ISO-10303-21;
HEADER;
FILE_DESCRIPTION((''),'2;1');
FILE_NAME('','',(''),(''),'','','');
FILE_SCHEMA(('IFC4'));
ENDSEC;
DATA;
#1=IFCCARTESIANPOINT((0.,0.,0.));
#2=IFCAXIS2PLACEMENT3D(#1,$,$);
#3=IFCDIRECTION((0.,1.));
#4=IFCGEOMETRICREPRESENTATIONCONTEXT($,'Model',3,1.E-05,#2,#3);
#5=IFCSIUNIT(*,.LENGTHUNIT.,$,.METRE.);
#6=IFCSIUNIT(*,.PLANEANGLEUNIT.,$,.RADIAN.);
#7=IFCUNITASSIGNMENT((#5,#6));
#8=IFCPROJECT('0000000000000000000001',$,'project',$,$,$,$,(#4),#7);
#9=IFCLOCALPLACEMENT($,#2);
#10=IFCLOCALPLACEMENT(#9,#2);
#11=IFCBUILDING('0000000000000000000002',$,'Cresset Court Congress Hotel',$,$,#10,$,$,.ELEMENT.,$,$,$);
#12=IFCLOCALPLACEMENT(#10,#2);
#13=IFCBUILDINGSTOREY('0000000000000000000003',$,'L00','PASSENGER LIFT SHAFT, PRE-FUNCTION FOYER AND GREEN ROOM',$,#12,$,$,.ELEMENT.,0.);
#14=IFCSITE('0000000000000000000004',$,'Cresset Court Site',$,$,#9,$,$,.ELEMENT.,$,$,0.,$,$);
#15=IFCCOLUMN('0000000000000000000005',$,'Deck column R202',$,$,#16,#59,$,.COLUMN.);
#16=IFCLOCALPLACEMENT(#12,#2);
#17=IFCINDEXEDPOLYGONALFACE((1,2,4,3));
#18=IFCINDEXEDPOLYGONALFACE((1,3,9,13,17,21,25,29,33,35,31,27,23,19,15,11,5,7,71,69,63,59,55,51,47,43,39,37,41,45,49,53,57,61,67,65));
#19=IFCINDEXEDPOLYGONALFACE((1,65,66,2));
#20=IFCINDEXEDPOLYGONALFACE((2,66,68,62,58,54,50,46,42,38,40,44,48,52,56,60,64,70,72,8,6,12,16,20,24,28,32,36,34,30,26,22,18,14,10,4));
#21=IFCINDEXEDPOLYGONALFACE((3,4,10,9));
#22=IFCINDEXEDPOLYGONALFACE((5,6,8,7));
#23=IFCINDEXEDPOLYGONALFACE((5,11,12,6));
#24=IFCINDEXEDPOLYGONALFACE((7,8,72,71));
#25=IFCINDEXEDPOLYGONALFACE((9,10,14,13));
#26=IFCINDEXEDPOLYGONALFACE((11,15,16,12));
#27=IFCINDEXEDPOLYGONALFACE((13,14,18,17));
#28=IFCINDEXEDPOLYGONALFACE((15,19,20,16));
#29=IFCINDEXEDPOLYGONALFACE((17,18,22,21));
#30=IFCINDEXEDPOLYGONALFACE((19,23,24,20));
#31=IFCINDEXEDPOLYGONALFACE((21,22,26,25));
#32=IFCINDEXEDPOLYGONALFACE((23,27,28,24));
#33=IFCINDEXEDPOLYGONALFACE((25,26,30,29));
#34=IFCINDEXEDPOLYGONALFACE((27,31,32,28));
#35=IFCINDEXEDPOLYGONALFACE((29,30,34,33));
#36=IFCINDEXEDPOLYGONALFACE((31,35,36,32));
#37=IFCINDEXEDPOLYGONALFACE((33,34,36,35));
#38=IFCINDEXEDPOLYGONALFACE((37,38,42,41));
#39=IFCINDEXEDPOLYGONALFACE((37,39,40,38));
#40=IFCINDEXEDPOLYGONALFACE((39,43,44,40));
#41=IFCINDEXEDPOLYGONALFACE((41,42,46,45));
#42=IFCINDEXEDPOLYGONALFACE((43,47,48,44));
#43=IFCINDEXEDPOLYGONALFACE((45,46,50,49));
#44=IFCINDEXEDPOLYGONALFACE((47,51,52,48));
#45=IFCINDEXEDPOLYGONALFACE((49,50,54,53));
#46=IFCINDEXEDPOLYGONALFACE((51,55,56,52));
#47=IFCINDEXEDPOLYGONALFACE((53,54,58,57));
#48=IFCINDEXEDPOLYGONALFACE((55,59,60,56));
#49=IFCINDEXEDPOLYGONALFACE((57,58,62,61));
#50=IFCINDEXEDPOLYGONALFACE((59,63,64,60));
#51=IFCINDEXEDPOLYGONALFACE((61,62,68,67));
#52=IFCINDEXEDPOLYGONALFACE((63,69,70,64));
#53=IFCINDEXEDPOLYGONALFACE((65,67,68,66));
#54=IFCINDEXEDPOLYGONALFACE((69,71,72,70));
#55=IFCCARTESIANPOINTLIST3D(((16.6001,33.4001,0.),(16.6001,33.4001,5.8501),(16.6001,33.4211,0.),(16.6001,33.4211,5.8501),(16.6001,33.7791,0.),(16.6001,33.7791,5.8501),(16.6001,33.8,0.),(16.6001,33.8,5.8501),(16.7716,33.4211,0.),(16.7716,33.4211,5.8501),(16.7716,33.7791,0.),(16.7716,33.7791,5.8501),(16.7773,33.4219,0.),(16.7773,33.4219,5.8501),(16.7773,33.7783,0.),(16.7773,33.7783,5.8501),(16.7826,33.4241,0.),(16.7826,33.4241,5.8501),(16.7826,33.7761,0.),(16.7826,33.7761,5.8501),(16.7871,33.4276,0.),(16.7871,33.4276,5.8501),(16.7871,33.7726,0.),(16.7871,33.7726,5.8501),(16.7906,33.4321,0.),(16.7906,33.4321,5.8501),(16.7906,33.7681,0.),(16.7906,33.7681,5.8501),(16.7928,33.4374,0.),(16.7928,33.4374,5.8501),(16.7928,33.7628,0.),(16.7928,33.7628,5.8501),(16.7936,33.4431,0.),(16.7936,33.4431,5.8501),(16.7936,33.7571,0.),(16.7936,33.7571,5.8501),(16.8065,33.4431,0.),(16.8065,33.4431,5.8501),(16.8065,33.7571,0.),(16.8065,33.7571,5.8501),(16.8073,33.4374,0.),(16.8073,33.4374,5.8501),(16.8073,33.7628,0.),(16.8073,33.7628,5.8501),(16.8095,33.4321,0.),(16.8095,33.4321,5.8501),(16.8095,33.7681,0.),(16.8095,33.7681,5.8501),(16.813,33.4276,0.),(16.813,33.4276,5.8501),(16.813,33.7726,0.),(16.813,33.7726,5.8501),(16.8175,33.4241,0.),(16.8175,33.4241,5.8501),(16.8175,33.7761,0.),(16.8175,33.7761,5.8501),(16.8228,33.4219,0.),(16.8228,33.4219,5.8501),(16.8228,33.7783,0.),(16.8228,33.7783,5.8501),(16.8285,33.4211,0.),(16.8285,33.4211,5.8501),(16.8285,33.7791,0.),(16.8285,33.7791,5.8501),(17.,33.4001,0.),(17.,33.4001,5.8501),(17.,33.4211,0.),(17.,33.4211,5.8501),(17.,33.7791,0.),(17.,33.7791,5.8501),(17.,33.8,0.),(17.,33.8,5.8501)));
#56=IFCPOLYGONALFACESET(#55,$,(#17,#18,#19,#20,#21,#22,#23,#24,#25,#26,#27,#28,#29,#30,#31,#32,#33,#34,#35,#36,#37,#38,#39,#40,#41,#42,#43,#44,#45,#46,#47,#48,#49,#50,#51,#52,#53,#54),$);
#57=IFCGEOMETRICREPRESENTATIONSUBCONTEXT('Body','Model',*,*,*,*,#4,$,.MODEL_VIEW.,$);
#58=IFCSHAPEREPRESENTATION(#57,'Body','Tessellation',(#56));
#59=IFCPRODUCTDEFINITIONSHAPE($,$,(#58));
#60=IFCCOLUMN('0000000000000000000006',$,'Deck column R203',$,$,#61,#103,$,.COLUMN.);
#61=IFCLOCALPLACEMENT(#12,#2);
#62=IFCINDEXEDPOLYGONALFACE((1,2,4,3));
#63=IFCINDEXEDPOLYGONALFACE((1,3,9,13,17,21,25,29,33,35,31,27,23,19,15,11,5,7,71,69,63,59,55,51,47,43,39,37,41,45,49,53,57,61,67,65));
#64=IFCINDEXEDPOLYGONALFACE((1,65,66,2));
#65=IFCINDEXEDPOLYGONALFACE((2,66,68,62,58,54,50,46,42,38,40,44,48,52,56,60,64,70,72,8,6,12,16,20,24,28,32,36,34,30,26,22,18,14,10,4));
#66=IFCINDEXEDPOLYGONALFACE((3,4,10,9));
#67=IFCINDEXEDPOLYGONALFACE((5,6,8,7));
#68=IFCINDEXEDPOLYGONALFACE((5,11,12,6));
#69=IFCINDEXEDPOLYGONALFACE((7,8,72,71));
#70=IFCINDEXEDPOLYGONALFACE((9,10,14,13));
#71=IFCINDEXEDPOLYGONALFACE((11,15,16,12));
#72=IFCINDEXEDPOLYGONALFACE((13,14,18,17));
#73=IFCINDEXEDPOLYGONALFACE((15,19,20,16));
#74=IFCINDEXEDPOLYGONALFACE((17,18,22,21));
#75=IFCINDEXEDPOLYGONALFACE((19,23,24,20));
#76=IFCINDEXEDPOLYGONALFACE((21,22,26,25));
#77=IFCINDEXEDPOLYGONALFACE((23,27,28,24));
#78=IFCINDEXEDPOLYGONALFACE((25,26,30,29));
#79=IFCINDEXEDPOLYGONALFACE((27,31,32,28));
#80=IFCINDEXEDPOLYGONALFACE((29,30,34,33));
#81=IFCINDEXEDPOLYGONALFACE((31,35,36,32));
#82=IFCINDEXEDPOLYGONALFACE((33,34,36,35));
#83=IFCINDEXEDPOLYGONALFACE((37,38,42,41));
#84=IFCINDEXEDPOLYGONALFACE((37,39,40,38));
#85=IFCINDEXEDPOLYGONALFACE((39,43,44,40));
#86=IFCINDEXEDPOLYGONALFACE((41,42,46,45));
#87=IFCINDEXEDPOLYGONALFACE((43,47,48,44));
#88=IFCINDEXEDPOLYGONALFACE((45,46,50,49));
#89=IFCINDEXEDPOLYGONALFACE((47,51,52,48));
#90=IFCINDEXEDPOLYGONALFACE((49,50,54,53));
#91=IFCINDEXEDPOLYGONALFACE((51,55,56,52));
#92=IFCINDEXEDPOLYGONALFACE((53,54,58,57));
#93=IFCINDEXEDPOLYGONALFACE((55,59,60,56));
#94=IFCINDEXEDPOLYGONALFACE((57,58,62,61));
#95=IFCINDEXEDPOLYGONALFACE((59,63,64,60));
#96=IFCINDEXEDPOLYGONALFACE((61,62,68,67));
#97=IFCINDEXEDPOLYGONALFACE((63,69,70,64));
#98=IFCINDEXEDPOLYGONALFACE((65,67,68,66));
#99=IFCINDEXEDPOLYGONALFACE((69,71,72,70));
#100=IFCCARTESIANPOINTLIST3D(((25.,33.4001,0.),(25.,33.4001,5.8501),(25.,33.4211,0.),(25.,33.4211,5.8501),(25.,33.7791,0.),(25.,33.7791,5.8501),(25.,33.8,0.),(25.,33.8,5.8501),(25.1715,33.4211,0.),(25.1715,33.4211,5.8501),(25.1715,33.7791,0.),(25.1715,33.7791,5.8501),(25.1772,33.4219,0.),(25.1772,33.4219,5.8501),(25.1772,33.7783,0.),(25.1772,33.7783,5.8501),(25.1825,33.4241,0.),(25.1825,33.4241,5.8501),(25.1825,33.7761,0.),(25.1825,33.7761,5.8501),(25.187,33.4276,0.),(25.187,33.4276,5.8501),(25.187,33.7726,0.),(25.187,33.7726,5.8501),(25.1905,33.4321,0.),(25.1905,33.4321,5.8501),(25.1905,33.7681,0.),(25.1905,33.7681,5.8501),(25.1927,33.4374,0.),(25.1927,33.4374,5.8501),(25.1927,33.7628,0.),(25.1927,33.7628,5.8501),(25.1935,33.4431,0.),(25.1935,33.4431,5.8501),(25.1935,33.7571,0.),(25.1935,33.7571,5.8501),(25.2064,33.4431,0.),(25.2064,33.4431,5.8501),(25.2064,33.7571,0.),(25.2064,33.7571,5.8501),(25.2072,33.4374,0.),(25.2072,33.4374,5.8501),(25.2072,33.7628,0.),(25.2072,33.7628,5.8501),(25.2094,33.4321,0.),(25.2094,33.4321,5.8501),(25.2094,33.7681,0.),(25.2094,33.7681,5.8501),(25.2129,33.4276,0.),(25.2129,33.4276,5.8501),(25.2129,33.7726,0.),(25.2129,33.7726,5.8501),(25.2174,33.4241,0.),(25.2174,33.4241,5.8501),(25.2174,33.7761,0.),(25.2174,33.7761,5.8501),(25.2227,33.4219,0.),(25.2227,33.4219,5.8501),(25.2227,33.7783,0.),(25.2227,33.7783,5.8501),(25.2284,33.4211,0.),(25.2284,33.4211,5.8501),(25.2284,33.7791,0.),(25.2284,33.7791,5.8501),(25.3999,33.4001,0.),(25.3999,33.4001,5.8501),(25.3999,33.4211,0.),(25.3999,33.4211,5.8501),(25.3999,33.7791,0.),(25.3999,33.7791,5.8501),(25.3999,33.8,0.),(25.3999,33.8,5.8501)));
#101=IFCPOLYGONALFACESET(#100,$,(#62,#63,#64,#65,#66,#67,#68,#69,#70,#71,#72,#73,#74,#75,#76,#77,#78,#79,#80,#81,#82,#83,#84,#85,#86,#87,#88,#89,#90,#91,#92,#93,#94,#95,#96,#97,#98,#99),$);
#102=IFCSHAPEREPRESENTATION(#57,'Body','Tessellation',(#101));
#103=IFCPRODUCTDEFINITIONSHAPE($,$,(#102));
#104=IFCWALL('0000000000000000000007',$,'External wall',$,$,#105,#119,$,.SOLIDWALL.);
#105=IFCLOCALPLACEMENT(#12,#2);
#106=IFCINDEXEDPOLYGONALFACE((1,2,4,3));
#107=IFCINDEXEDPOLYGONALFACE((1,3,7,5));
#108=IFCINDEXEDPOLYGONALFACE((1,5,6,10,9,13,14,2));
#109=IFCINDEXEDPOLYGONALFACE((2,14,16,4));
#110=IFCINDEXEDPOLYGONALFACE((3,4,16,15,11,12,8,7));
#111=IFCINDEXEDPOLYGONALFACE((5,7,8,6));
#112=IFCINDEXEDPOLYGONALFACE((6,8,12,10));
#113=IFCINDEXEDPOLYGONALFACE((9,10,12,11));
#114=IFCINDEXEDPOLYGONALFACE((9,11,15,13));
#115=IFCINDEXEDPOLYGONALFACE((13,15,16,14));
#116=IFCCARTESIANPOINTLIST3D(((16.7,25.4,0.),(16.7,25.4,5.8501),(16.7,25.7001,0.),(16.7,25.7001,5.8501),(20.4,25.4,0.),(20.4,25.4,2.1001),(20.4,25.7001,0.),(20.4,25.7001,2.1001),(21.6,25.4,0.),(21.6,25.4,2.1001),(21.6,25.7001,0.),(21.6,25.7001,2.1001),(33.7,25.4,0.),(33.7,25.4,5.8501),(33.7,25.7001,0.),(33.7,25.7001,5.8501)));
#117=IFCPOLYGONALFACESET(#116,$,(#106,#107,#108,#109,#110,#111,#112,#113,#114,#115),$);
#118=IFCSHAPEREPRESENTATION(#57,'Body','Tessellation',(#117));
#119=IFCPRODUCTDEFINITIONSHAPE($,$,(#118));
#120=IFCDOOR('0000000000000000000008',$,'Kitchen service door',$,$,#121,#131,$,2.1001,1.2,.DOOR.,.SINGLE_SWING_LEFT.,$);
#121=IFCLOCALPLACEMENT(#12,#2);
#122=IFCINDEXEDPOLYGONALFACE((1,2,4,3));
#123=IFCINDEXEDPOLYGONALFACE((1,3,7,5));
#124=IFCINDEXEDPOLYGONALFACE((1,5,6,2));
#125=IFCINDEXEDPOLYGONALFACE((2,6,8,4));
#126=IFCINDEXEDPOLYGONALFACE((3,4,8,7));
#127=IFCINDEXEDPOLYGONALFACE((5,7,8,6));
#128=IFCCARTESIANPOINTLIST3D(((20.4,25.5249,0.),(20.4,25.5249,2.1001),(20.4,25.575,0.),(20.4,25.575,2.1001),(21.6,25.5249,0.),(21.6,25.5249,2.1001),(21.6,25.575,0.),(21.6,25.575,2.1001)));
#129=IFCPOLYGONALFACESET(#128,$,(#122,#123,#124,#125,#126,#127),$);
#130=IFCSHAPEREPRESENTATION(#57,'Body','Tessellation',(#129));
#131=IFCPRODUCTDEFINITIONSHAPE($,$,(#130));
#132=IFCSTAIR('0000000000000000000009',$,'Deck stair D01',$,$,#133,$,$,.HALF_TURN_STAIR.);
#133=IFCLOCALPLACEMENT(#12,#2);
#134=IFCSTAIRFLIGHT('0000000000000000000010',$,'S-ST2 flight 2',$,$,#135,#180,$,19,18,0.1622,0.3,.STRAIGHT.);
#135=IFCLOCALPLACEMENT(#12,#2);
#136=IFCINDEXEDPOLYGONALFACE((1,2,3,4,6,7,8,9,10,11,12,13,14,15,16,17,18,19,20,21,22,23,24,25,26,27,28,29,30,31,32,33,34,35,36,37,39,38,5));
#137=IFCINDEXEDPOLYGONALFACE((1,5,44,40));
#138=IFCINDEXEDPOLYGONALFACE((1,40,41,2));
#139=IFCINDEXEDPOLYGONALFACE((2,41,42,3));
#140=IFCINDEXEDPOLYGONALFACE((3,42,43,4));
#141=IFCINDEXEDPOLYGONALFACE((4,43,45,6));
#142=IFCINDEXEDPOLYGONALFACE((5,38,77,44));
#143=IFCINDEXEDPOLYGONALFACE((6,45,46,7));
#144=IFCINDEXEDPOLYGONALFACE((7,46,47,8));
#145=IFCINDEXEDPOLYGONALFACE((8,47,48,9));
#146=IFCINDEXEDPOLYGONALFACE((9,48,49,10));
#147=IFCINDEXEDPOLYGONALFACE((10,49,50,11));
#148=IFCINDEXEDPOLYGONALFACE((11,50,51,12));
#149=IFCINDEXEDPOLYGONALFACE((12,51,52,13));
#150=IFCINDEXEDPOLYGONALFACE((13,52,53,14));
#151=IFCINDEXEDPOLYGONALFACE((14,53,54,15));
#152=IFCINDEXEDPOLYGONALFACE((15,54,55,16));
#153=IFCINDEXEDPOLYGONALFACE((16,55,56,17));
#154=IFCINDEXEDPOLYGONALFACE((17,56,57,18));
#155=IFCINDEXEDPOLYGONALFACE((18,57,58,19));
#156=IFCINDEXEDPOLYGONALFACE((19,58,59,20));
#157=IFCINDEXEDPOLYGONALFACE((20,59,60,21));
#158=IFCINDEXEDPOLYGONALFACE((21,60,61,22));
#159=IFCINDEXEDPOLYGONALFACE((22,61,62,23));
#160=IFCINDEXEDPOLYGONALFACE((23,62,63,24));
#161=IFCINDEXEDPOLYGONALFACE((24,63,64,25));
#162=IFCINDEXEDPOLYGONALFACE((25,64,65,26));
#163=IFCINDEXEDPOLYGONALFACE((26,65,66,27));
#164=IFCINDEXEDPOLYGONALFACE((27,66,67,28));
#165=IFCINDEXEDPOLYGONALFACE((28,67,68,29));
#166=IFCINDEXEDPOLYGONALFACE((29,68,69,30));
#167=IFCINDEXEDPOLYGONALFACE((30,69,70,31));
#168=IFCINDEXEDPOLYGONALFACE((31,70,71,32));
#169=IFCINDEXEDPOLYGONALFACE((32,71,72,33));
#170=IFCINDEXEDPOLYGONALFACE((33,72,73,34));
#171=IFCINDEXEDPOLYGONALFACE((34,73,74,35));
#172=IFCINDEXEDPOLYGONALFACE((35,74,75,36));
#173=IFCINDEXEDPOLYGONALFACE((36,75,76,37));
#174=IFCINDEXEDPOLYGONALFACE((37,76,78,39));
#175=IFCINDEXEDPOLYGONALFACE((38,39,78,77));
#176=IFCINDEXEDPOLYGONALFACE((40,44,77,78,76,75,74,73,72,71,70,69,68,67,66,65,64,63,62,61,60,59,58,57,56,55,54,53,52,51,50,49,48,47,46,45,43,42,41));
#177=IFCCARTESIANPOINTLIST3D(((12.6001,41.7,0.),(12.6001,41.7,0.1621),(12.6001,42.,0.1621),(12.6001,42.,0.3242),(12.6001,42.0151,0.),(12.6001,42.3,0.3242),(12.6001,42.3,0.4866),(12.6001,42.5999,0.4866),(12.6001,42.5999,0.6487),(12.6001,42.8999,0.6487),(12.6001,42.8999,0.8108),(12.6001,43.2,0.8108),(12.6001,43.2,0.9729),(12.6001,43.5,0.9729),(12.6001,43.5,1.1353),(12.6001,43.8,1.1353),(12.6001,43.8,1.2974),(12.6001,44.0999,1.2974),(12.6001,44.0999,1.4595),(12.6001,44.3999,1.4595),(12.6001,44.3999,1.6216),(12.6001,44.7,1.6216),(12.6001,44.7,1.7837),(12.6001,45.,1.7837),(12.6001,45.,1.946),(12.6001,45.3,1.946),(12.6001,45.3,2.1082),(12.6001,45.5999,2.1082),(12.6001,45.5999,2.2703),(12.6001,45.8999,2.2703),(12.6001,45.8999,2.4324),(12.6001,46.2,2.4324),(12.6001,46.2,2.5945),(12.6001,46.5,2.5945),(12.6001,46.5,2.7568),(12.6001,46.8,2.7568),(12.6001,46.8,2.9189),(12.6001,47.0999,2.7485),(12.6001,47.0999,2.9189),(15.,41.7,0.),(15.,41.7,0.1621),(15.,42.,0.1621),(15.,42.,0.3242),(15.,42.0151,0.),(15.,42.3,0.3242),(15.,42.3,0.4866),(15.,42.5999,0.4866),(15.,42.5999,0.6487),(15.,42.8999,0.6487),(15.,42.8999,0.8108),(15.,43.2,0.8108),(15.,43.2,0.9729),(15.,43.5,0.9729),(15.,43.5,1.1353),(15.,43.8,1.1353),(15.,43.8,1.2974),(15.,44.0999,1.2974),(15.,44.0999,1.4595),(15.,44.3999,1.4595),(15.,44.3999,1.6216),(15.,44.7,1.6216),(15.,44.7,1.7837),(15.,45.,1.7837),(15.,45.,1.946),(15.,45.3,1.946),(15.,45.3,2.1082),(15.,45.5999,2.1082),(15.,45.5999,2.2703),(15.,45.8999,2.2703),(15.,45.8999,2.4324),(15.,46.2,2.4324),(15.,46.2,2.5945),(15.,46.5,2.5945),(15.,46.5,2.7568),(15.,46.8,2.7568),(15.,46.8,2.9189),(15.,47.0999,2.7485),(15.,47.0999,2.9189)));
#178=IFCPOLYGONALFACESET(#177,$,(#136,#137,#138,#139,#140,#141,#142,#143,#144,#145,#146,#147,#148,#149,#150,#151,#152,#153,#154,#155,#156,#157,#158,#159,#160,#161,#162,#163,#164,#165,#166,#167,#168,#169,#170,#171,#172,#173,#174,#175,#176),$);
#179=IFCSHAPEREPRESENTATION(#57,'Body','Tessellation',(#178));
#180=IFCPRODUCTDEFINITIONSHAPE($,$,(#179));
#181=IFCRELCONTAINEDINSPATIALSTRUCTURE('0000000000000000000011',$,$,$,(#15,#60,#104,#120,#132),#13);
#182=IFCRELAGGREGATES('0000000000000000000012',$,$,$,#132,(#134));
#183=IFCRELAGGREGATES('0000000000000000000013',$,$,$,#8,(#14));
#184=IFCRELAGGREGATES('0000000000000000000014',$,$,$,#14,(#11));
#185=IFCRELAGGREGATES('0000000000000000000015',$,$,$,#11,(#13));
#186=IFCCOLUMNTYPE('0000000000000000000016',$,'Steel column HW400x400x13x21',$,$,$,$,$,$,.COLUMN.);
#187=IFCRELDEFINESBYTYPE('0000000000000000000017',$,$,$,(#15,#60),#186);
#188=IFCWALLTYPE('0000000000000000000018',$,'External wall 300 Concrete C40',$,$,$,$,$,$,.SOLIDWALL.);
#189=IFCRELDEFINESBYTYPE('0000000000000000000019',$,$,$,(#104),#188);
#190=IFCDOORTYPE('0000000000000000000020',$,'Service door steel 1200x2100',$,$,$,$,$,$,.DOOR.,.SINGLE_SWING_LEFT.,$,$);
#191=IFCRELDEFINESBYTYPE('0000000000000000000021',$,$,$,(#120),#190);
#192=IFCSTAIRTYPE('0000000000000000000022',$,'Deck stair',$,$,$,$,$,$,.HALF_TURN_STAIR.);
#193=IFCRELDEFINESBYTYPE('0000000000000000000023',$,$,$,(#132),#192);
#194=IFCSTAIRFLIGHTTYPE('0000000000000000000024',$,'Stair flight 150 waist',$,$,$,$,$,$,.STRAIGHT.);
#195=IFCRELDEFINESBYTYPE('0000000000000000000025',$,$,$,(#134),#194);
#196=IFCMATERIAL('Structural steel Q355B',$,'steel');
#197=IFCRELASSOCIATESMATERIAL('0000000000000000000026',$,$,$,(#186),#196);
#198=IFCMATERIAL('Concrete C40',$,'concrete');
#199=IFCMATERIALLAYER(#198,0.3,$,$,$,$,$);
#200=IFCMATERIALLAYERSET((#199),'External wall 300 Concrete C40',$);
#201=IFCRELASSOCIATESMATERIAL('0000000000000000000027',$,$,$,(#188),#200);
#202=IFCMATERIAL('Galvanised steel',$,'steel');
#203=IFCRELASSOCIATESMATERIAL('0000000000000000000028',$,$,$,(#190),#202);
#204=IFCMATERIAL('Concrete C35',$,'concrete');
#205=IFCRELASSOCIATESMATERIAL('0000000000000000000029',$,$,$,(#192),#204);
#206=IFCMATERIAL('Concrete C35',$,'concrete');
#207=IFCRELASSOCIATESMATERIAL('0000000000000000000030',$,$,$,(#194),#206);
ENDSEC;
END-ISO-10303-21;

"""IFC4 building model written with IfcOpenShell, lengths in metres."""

from ifc_helpers import new_model, si_unit, direction, frame, frame_2d, origin, origin_2d, place, context, subcontext, project, spatial, polyline, rectangle, i_section, outline, extrude, material, layer, layer_set, material_profile, profile_set, type_object, element, fill, aggregate, save


model = new_model("IFC4")

# Units and contexts
model_context = context("Model", 3, precision=1e-05, world=origin(), true_north=direction((0.0, 1.0)))
body_context = subcontext(model_context, "Body", "Model", "MODEL_VIEW")
ifc_project = project(units=[si_unit("LENGTHUNIT", "METRE"), si_unit("PLANEANGLEUNIT", "RADIAN")], contexts=[model_context])

# Site, building, storey
site_placement = place(None, origin())
site = spatial("IfcSite", under=ifc_project, at=site_placement, Name="Cresset Court Site", CompositionType="ELEMENT", RefElevation=0.0)
building_placement = place(site_placement, origin())
building = spatial("IfcBuilding", under=site, at=building_placement, Name="Cresset Court Congress Hotel", CompositionType="ELEMENT")
storey_placement = place(building_placement, origin())
storey = spatial("IfcBuildingStorey", under=building, at=storey_placement, Name="L00", Description="PASSENGER LIFT SHAFT, PRE-FUNCTION FOYER AND GREEN ROOM", CompositionType="ELEMENT", Elevation=0.0)

# Columns
ifc_material_1 = material(Name="Structural steel Q355B", Category="steel")
ifc_material_profile_1 = material_profile(ifc_material_1, i_section(OverallWidth=0.3999, OverallDepth=0.3999, WebThickness=0.0129, FlangeThickness=0.021, FilletRadius=0.022, at=origin_2d()), Name="HW400x400x13x21")
ifc_profile_set_1 = profile_set([ifc_material_profile_1], Name="Structural steel Q355B")
column_type_1 = type_object("IfcColumnType", Name="Steel column HW400x400x13x21", PredefinedType="COLUMN", material=ifc_profile_set_1)
for number, where, z_axis, x_axis, name in (
    (1, (16.8, 33.6001, 0.0), (0.0, 0.0, 1.0), (1.0, 0.0, 0.0), "Deck column R202"),
    (2, (25.2, 33.6001, 0.0), (0.0, 0.0, 1.0), (1.0, 0.0, 0.0), "Deck column R203"),
):
    element("IfcColumn", number, at=place(storey_placement, frame(where, z_axis=z_axis, x_axis=x_axis)), inside=storey, type_object=column_type_1, Name=name, PredefinedType="COLUMN", context=body_context, shape_type="SweptSolid", body=[
        extrude(i_section(OverallWidth=0.3999, OverallDepth=0.3999, WebThickness=0.0129, FlangeThickness=0.021, FilletRadius=0.022, at=origin_2d()), origin(), (0.0, 0.0, 1.0), 5.8501),
    ])

# Wall, opening, door
ifc_material_2 = material(Name="Concrete C40", Category="concrete")
ifc_layer = layer(ifc_material_2, 0.3)
ifc_layer_set = layer_set([ifc_layer], Name="External wall 300 Concrete C40")
wall_type = type_object("IfcWallType", Name="External wall 300 Concrete C40", PredefinedType="SOLIDWALL", material=ifc_layer_set)
wall_placement = place(storey_placement, frame((16.7, 25.55, 0.0), z_axis=(0.0, 0.0, 1.0), x_axis=(1.0, 0.0, 0.0)))
wall = element("IfcWall", 3, at=wall_placement, inside=storey, type_object=wall_type, Name="External wall", PredefinedType="SOLIDWALL", context=body_context, shape_type="SweptSolid", body=[
    extrude(rectangle(XDim=17.0, YDim=0.3, at=frame_2d((8.5, 0.0))), origin(), (0.0, 0.0, 1.0), 5.8501),
])
opening_placement = place(wall_placement, frame((3.7, 0.0, 0.0)))
opening = element("IfcOpeningElement", 4, at=opening_placement, cuts=wall, PredefinedType="OPENING", context=body_context, shape_type="SweptSolid", body=[
    extrude(rectangle(XDim=1.2, YDim=2.1001, at=frame_2d((0.6001, 1.05))), frame((0.0, 0.1599, 0.0), z_axis=(0.0, -1.0, 0.0), x_axis=(1.0, 0.0, 0.0)), (0.0, 0.0, 1.0), 0.3201),
])
ifc_material_3 = material(Name="Galvanised steel", Category="steel")
door_type = type_object("IfcDoorType", Name="Service door steel 1200x2100", OperationType="SINGLE_SWING_LEFT", PredefinedType="DOOR", material=ifc_material_3)
door_placement = place(opening_placement, origin())
door = element("IfcDoor", 5, at=door_placement, inside=storey, type_object=door_type, Name="Kitchen service door", OperationType="SINGLE_SWING_LEFT", OverallHeight=2.1001, OverallWidth=1.2, PredefinedType="DOOR", context=body_context, shape_type="SweptSolid", body=[
    extrude(rectangle(XDim=1.2, YDim=2.1001, at=frame_2d((0.6001, 1.05))), frame((0.0, 0.0249, 0.0), z_axis=(0.0, -1.0, 0.0), x_axis=(1.0, 0.0, 0.0)), (0.0, 0.0, 1.0), 0.05),
])
fill(opening, door)

# Stair, stair flight
ifc_material_4 = material(Name="Concrete C35", Category="concrete")
stair_type = type_object("IfcStairType", Name="Deck stair", PredefinedType="HALF_TURN_STAIR", material=ifc_material_4)
stair_placement = place(storey_placement, origin())
stair = element("IfcStair", 6, at=stair_placement, inside=storey, type_object=stair_type, Name="Deck stair D01", PredefinedType="HALF_TURN_STAIR")
ifc_material_5 = material(Name="Concrete C35", Category="concrete")
stair_flight_type = type_object("IfcStairFlightType", Name="Stair flight 150 waist", PredefinedType="STRAIGHT", material=ifc_material_5)
stair_flight_placement = place(storey_placement, frame((13.8, 41.7, 0.0), z_axis=(0.0, 0.0, 1.0), x_axis=(0.0, 1.0, 0.0)))
stair_flight = element("IfcStairFlight", 7, at=stair_flight_placement, type_object=stair_flight_type, Name="S-ST2 flight 2", NumberOfRisers=19, NumberOfTreads=18, PredefinedType="STRAIGHT", RiserHeight=0.1622, TreadLength=0.3, context=body_context, shape_type="SweptSolid", body=[
    extrude(outline(polyline([(0.0, 0.0), (0.0, 0.1621), (0.3, 0.1621), (0.3, 0.3242), (0.6001, 0.3242), (0.6001, 0.4866), (0.8999, 0.4866), (0.8999, 0.6487), (1.2, 0.6487), (1.2, 0.8108), (1.5, 0.8108), (1.5, 0.9729), (1.8, 0.9729), (1.8, 1.1353), (2.1001, 1.1353), (2.1001, 1.2974), (2.3999, 1.2974), (2.3999, 1.4595), (2.7, 1.4595), (2.7, 1.6216), (3.0, 1.6216), (3.0, 1.7837), (3.3, 1.7837), (3.3, 1.946), (3.6001, 1.946), (3.6001, 2.1082), (3.8999, 2.1082), (3.8999, 2.2703), (4.2, 2.2703), (4.2, 2.4324), (4.5, 2.4324), (4.5, 2.5945), (4.8, 2.5945), (4.8, 2.7568), (5.1001, 2.7568), (5.1001, 2.9189), (5.3999, 2.9189), (5.3999, 3.0811), (5.3999, 2.7485), (0.3152, 0.0), (0.0, 0.0)])), frame((0.0, 1.2, 0.0), z_axis=(0.0, -1.0, 0.0), x_axis=(1.0, 0.0, 0.0)), (0.0, 0.0, 1.0), 2.3999),
])
aggregate(stair, [stair_flight])

save(model, "model.ifc")
